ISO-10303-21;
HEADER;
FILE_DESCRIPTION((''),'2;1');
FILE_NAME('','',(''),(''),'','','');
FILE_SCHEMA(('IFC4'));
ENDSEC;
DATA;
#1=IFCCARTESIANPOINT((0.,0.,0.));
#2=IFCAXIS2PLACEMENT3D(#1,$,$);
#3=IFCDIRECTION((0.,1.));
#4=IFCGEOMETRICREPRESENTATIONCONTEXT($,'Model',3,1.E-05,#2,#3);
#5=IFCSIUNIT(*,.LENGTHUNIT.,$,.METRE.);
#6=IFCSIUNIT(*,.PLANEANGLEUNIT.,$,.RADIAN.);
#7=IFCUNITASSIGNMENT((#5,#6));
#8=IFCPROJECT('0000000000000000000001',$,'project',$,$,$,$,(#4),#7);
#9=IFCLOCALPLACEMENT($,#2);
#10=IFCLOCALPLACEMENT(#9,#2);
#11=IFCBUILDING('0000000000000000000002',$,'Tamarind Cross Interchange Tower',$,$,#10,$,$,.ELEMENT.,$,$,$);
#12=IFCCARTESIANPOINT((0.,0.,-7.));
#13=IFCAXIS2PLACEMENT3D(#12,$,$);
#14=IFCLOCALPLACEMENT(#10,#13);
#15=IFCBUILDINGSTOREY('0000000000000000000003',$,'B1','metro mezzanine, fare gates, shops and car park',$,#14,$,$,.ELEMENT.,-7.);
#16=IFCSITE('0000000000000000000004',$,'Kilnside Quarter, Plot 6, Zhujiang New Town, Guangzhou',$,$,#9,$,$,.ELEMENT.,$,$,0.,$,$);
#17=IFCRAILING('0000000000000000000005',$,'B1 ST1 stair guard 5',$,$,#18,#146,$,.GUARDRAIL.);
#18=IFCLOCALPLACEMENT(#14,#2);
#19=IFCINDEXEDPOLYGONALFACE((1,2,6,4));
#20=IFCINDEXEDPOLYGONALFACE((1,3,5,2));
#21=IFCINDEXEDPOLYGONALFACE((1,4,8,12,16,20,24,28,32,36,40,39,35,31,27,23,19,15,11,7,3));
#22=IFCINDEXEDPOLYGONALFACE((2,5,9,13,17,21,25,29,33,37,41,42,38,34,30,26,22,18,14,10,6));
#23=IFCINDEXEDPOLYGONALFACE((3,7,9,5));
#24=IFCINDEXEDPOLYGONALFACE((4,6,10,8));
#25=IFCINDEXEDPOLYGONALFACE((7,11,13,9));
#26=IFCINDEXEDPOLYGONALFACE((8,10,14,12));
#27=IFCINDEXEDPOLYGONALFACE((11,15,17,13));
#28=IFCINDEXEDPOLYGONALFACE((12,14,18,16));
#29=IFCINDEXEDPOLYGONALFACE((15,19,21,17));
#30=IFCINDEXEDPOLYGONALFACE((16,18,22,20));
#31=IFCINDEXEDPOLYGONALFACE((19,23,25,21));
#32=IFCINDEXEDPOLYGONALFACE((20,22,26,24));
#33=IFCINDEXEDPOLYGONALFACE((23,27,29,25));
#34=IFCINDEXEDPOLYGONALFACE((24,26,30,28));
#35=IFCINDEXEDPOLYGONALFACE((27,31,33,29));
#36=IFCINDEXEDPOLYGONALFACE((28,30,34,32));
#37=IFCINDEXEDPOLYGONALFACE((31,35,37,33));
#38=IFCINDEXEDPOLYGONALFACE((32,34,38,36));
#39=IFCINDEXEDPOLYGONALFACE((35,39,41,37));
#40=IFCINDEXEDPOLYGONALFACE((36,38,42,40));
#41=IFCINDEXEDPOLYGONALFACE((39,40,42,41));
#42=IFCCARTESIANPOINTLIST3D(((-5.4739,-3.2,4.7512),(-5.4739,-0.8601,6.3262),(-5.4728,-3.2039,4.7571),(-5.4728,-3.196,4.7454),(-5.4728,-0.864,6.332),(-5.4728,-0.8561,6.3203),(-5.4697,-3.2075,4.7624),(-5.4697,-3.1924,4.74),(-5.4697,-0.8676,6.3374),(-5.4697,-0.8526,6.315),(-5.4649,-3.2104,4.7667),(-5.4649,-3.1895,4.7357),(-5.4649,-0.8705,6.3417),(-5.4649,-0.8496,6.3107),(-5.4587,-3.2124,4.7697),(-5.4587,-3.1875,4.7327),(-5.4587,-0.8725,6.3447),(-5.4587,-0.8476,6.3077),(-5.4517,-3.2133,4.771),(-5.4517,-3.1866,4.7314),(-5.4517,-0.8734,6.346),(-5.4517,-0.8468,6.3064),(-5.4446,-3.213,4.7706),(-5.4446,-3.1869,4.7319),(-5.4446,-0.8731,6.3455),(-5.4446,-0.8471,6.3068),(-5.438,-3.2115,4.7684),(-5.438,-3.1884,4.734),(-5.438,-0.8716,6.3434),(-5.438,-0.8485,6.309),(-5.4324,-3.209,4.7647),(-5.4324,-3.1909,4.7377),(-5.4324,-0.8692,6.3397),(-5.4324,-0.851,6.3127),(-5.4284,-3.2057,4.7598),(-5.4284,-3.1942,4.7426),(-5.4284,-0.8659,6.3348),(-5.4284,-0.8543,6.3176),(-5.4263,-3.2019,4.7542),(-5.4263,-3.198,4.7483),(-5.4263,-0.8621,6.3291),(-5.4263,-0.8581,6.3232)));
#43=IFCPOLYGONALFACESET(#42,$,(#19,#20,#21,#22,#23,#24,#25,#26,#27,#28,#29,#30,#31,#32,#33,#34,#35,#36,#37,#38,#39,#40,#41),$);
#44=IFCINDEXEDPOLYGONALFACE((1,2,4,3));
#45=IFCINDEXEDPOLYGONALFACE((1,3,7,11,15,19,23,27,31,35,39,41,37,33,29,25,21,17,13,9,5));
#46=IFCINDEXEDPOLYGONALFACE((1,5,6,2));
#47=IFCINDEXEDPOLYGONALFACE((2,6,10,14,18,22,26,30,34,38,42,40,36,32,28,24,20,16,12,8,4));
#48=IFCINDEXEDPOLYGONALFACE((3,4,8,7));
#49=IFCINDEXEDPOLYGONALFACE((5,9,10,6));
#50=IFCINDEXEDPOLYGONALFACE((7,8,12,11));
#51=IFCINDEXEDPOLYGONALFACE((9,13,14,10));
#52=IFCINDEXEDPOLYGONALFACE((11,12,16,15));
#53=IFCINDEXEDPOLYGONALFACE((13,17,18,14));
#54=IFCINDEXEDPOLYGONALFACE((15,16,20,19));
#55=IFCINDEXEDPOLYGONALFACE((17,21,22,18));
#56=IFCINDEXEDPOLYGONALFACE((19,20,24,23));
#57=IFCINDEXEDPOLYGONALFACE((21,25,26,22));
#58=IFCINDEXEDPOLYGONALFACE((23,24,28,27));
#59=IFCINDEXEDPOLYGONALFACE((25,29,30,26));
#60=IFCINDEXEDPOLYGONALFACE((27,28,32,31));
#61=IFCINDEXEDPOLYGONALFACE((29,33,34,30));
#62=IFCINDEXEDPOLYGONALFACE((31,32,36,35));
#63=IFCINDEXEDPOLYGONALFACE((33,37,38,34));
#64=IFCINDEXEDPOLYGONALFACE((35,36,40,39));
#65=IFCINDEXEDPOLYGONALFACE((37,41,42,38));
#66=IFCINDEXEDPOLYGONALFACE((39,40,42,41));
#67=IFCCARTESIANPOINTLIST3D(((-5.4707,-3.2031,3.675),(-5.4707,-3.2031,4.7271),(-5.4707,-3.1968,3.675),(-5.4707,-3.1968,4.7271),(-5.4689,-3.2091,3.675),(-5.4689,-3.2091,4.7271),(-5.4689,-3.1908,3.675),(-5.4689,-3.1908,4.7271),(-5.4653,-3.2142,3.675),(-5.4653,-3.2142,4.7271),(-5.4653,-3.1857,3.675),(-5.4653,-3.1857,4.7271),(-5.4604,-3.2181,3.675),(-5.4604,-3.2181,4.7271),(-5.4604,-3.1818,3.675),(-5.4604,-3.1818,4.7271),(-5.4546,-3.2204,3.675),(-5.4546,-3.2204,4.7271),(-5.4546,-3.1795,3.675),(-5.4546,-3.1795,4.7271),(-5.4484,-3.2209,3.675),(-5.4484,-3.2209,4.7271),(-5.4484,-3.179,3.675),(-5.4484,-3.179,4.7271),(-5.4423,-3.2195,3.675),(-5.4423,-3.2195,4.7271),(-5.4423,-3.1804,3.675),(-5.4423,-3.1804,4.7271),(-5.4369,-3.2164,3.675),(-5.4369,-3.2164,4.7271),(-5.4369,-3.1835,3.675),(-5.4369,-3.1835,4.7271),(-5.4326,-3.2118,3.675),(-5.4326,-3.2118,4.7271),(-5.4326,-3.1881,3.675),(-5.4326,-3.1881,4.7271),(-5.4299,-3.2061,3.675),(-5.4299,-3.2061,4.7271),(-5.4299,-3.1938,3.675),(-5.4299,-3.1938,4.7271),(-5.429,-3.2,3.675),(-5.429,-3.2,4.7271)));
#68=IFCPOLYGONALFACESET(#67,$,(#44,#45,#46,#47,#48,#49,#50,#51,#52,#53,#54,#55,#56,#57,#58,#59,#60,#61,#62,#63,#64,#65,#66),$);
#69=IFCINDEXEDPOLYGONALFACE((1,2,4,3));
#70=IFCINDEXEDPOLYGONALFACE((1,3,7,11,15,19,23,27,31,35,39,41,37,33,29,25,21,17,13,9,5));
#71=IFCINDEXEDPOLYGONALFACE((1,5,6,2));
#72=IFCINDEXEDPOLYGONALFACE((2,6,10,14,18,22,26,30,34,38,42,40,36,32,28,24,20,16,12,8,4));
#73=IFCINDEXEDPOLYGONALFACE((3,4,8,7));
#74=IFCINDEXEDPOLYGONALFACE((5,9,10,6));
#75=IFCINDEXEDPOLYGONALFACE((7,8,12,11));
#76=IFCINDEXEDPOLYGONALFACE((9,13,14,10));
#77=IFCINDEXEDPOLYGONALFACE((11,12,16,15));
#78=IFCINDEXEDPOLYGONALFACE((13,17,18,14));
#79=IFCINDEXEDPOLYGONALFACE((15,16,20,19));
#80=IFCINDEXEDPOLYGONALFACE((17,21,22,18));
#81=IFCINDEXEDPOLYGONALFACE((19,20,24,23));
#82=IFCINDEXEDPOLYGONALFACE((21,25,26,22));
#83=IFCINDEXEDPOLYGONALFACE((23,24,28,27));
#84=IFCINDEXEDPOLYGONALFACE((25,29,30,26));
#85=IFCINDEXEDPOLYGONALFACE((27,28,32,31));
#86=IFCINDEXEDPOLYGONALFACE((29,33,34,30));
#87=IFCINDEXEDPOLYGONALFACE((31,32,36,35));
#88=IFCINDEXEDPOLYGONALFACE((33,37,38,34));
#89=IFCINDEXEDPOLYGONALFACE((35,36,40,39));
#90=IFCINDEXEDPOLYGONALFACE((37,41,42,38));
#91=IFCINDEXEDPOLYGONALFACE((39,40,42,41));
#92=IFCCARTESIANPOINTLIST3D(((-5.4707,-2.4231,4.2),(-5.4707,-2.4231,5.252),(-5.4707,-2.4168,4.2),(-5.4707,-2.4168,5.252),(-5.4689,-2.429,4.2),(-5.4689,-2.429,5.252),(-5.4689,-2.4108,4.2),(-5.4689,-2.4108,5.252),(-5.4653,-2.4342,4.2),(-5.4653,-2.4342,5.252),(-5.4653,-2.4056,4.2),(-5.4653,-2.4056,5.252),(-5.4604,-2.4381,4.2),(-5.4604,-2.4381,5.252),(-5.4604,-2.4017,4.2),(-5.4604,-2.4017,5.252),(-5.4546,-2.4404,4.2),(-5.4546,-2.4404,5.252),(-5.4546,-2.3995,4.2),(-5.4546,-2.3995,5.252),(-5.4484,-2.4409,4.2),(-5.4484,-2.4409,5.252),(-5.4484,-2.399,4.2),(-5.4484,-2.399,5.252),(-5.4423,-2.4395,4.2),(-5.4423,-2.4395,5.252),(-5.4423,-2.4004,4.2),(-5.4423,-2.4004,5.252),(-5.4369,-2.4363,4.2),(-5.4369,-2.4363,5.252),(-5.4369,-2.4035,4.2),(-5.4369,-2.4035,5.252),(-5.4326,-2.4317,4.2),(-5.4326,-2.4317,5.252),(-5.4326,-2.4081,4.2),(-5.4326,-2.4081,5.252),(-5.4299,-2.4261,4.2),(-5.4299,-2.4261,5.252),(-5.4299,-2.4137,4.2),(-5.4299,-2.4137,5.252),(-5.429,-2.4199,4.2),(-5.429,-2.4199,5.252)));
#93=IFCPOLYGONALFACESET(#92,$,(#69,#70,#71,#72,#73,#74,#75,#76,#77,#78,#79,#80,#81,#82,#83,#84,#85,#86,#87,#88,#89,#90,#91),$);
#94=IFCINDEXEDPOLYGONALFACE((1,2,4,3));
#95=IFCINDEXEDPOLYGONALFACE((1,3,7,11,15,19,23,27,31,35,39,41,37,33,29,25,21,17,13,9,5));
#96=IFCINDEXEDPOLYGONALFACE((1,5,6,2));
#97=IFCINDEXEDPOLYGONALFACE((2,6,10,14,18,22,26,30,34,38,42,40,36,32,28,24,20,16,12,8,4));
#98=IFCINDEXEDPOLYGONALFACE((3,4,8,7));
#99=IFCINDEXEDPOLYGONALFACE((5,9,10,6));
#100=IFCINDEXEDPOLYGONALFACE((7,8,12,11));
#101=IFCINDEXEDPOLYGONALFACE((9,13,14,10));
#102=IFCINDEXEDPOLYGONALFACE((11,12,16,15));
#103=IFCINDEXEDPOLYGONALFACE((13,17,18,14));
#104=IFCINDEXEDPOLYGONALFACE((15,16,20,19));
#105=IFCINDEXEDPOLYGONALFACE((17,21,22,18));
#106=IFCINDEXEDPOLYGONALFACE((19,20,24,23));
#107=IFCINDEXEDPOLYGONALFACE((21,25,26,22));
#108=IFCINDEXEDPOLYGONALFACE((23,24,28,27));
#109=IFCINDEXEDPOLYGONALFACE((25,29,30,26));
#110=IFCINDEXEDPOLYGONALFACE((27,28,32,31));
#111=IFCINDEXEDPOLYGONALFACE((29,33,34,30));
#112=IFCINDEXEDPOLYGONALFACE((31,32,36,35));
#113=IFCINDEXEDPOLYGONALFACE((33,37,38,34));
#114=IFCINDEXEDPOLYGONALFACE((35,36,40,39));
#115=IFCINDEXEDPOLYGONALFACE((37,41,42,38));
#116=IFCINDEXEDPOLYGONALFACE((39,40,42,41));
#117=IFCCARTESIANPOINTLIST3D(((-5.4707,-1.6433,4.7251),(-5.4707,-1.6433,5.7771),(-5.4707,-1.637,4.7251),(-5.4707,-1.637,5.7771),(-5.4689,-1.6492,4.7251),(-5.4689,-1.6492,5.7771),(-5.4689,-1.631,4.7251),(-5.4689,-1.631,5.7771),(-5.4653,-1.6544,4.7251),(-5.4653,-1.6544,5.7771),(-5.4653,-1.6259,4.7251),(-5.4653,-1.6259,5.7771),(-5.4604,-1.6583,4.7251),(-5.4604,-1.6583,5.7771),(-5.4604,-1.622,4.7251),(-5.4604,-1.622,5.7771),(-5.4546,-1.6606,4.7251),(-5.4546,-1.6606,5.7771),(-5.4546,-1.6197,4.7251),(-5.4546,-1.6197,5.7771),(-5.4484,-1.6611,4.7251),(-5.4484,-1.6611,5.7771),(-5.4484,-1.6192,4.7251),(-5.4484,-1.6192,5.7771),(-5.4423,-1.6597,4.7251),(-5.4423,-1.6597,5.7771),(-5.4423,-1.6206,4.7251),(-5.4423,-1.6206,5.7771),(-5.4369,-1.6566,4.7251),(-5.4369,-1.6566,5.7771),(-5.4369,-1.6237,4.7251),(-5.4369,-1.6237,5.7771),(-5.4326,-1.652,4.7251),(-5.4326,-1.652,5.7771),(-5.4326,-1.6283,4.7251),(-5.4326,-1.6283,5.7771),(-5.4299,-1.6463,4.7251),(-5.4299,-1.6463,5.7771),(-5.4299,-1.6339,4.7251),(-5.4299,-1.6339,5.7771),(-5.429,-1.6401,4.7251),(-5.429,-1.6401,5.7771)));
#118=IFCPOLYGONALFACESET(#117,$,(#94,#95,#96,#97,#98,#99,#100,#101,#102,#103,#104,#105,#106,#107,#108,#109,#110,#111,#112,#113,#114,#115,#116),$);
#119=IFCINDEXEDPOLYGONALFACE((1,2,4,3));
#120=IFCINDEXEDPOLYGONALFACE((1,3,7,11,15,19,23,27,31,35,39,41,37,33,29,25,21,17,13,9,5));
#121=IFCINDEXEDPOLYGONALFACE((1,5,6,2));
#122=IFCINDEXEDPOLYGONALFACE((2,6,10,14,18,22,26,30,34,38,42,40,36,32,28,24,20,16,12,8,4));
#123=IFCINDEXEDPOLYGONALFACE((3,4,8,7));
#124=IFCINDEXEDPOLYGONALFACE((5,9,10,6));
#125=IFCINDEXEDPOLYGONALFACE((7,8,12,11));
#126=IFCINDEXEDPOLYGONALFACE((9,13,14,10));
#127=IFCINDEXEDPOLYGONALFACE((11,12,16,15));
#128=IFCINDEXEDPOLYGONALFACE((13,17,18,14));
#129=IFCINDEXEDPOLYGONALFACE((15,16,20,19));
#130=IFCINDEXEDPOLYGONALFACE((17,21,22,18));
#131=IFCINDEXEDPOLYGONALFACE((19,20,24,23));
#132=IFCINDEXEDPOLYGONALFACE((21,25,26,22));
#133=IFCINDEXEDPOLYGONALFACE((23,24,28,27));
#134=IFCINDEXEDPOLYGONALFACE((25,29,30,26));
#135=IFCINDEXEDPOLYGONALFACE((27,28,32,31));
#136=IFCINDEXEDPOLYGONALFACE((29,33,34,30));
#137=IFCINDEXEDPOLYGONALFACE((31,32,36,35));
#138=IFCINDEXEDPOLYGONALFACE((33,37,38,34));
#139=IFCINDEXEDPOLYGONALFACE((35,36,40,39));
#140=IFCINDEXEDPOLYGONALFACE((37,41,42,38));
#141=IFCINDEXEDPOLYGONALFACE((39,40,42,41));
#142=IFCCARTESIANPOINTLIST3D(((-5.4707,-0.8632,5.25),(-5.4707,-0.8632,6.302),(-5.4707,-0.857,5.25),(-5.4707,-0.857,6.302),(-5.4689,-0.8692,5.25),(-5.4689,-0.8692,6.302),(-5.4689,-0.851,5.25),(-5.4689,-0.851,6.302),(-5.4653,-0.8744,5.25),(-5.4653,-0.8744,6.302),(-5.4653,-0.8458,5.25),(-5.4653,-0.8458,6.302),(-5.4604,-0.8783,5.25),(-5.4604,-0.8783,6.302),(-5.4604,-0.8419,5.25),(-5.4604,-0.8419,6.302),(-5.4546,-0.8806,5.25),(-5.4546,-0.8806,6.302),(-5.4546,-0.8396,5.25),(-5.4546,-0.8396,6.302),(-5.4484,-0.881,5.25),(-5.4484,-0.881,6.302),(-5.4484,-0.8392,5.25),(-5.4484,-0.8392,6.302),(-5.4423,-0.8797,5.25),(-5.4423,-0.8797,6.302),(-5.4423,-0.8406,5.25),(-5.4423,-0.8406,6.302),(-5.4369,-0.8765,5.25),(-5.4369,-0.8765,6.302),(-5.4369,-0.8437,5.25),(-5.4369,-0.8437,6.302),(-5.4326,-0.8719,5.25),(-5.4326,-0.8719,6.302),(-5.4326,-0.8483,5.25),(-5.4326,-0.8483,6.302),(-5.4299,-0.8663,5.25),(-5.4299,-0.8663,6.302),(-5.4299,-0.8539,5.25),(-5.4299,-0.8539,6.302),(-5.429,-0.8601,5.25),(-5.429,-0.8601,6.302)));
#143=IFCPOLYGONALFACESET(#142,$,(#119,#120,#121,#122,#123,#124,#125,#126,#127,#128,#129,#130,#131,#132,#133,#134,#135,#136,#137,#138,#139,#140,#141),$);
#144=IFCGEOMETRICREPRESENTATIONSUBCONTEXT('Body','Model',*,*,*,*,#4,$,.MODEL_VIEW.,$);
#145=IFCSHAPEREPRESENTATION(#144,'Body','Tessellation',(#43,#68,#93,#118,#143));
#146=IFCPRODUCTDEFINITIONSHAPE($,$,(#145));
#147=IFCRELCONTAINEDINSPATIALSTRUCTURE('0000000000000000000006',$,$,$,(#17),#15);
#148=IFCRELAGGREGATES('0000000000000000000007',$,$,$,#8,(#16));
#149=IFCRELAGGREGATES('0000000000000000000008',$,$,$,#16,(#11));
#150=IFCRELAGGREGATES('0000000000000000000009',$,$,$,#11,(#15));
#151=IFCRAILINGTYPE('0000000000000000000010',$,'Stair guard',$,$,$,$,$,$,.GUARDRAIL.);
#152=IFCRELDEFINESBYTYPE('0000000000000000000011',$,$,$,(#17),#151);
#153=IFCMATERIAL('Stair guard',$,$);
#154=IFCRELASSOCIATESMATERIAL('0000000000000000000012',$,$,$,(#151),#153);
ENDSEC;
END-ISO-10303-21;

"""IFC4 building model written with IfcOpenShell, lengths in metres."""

from ifc_helpers import new_model, si_unit, direction, frame, origin, origin_2d, place, context, subcontext, project, spatial, circle, extrude, material, type_object, element, save


model = new_model("IFC4")

# Units and contexts
model_context = context("Model", 3, precision=1e-05, world=origin(), true_north=direction((0.0, 1.0)))
body_context = subcontext(model_context, "Body", "Model", "MODEL_VIEW")
ifc_project = project(units=[si_unit("LENGTHUNIT", "METRE"), si_unit("PLANEANGLEUNIT", "RADIAN")], contexts=[model_context])

# Site, building, storey
site_placement = place(None, origin())
site = spatial("IfcSite", under=ifc_project, at=site_placement, Name="Kilnside Quarter, Plot 6, Zhujiang New Town, Guangzhou", CompositionType="ELEMENT", RefElevation=0.0)
building_placement = place(site_placement, origin())
building = spatial("IfcBuilding", under=site, at=building_placement, Name="Tamarind Cross Interchange Tower", CompositionType="ELEMENT")
storey_placement = place(building_placement, frame((0.0, 0.0, -7.0)))
storey = spatial("IfcBuildingStorey", under=building, at=storey_placement, Name="B1", Description="metro mezzanine, fare gates, shops and car park", CompositionType="ELEMENT", Elevation=-7.0)

# Railing
ifc_material_1 = material(Name="Stair guard")
railing_type_1 = type_object("IfcRailingType", Name="Stair guard", PredefinedType="GUARDRAIL", material=ifc_material_1)
railing_1_placement = place(storey_placement, frame((-5.45, -3.2, 3.675)))
element("IfcRailing", 1, at=railing_1_placement, inside=storey, type_object=railing_type_1, Name="B1 ST1 stair guard 5", PredefinedType="GUARDRAIL", context=body_context, shape_type="SweptSolid", body=[
    extrude(circle(Radius=0.0239, at=origin_2d()), frame((0.0, 0.0, 1.0762), z_axis=(0.0, 0.829578, 0.55839), x_axis=(-1.0, 0.0, 0.0)), (0.0, 0.0, 1.0), 2.8206),
    extrude(circle(Radius=0.021, at=origin_2d()), origin(), (0.0, 0.0, 1.0), 1.052),
    extrude(circle(Radius=0.021, at=origin_2d()), frame((0.0, 0.78, 0.5249)), (0.0, 0.0, 1.0), 1.052),
    extrude(circle(Radius=0.021, at=origin_2d()), frame((0.0, 1.5598, 1.05)), (0.0, 0.0, 1.0), 1.052),
    extrude(circle(Radius=0.021, at=origin_2d()), frame((0.0, 2.3398, 1.575)), (0.0, 0.0, 1.0), 1.052),
])

save(model, "model.ifc")
